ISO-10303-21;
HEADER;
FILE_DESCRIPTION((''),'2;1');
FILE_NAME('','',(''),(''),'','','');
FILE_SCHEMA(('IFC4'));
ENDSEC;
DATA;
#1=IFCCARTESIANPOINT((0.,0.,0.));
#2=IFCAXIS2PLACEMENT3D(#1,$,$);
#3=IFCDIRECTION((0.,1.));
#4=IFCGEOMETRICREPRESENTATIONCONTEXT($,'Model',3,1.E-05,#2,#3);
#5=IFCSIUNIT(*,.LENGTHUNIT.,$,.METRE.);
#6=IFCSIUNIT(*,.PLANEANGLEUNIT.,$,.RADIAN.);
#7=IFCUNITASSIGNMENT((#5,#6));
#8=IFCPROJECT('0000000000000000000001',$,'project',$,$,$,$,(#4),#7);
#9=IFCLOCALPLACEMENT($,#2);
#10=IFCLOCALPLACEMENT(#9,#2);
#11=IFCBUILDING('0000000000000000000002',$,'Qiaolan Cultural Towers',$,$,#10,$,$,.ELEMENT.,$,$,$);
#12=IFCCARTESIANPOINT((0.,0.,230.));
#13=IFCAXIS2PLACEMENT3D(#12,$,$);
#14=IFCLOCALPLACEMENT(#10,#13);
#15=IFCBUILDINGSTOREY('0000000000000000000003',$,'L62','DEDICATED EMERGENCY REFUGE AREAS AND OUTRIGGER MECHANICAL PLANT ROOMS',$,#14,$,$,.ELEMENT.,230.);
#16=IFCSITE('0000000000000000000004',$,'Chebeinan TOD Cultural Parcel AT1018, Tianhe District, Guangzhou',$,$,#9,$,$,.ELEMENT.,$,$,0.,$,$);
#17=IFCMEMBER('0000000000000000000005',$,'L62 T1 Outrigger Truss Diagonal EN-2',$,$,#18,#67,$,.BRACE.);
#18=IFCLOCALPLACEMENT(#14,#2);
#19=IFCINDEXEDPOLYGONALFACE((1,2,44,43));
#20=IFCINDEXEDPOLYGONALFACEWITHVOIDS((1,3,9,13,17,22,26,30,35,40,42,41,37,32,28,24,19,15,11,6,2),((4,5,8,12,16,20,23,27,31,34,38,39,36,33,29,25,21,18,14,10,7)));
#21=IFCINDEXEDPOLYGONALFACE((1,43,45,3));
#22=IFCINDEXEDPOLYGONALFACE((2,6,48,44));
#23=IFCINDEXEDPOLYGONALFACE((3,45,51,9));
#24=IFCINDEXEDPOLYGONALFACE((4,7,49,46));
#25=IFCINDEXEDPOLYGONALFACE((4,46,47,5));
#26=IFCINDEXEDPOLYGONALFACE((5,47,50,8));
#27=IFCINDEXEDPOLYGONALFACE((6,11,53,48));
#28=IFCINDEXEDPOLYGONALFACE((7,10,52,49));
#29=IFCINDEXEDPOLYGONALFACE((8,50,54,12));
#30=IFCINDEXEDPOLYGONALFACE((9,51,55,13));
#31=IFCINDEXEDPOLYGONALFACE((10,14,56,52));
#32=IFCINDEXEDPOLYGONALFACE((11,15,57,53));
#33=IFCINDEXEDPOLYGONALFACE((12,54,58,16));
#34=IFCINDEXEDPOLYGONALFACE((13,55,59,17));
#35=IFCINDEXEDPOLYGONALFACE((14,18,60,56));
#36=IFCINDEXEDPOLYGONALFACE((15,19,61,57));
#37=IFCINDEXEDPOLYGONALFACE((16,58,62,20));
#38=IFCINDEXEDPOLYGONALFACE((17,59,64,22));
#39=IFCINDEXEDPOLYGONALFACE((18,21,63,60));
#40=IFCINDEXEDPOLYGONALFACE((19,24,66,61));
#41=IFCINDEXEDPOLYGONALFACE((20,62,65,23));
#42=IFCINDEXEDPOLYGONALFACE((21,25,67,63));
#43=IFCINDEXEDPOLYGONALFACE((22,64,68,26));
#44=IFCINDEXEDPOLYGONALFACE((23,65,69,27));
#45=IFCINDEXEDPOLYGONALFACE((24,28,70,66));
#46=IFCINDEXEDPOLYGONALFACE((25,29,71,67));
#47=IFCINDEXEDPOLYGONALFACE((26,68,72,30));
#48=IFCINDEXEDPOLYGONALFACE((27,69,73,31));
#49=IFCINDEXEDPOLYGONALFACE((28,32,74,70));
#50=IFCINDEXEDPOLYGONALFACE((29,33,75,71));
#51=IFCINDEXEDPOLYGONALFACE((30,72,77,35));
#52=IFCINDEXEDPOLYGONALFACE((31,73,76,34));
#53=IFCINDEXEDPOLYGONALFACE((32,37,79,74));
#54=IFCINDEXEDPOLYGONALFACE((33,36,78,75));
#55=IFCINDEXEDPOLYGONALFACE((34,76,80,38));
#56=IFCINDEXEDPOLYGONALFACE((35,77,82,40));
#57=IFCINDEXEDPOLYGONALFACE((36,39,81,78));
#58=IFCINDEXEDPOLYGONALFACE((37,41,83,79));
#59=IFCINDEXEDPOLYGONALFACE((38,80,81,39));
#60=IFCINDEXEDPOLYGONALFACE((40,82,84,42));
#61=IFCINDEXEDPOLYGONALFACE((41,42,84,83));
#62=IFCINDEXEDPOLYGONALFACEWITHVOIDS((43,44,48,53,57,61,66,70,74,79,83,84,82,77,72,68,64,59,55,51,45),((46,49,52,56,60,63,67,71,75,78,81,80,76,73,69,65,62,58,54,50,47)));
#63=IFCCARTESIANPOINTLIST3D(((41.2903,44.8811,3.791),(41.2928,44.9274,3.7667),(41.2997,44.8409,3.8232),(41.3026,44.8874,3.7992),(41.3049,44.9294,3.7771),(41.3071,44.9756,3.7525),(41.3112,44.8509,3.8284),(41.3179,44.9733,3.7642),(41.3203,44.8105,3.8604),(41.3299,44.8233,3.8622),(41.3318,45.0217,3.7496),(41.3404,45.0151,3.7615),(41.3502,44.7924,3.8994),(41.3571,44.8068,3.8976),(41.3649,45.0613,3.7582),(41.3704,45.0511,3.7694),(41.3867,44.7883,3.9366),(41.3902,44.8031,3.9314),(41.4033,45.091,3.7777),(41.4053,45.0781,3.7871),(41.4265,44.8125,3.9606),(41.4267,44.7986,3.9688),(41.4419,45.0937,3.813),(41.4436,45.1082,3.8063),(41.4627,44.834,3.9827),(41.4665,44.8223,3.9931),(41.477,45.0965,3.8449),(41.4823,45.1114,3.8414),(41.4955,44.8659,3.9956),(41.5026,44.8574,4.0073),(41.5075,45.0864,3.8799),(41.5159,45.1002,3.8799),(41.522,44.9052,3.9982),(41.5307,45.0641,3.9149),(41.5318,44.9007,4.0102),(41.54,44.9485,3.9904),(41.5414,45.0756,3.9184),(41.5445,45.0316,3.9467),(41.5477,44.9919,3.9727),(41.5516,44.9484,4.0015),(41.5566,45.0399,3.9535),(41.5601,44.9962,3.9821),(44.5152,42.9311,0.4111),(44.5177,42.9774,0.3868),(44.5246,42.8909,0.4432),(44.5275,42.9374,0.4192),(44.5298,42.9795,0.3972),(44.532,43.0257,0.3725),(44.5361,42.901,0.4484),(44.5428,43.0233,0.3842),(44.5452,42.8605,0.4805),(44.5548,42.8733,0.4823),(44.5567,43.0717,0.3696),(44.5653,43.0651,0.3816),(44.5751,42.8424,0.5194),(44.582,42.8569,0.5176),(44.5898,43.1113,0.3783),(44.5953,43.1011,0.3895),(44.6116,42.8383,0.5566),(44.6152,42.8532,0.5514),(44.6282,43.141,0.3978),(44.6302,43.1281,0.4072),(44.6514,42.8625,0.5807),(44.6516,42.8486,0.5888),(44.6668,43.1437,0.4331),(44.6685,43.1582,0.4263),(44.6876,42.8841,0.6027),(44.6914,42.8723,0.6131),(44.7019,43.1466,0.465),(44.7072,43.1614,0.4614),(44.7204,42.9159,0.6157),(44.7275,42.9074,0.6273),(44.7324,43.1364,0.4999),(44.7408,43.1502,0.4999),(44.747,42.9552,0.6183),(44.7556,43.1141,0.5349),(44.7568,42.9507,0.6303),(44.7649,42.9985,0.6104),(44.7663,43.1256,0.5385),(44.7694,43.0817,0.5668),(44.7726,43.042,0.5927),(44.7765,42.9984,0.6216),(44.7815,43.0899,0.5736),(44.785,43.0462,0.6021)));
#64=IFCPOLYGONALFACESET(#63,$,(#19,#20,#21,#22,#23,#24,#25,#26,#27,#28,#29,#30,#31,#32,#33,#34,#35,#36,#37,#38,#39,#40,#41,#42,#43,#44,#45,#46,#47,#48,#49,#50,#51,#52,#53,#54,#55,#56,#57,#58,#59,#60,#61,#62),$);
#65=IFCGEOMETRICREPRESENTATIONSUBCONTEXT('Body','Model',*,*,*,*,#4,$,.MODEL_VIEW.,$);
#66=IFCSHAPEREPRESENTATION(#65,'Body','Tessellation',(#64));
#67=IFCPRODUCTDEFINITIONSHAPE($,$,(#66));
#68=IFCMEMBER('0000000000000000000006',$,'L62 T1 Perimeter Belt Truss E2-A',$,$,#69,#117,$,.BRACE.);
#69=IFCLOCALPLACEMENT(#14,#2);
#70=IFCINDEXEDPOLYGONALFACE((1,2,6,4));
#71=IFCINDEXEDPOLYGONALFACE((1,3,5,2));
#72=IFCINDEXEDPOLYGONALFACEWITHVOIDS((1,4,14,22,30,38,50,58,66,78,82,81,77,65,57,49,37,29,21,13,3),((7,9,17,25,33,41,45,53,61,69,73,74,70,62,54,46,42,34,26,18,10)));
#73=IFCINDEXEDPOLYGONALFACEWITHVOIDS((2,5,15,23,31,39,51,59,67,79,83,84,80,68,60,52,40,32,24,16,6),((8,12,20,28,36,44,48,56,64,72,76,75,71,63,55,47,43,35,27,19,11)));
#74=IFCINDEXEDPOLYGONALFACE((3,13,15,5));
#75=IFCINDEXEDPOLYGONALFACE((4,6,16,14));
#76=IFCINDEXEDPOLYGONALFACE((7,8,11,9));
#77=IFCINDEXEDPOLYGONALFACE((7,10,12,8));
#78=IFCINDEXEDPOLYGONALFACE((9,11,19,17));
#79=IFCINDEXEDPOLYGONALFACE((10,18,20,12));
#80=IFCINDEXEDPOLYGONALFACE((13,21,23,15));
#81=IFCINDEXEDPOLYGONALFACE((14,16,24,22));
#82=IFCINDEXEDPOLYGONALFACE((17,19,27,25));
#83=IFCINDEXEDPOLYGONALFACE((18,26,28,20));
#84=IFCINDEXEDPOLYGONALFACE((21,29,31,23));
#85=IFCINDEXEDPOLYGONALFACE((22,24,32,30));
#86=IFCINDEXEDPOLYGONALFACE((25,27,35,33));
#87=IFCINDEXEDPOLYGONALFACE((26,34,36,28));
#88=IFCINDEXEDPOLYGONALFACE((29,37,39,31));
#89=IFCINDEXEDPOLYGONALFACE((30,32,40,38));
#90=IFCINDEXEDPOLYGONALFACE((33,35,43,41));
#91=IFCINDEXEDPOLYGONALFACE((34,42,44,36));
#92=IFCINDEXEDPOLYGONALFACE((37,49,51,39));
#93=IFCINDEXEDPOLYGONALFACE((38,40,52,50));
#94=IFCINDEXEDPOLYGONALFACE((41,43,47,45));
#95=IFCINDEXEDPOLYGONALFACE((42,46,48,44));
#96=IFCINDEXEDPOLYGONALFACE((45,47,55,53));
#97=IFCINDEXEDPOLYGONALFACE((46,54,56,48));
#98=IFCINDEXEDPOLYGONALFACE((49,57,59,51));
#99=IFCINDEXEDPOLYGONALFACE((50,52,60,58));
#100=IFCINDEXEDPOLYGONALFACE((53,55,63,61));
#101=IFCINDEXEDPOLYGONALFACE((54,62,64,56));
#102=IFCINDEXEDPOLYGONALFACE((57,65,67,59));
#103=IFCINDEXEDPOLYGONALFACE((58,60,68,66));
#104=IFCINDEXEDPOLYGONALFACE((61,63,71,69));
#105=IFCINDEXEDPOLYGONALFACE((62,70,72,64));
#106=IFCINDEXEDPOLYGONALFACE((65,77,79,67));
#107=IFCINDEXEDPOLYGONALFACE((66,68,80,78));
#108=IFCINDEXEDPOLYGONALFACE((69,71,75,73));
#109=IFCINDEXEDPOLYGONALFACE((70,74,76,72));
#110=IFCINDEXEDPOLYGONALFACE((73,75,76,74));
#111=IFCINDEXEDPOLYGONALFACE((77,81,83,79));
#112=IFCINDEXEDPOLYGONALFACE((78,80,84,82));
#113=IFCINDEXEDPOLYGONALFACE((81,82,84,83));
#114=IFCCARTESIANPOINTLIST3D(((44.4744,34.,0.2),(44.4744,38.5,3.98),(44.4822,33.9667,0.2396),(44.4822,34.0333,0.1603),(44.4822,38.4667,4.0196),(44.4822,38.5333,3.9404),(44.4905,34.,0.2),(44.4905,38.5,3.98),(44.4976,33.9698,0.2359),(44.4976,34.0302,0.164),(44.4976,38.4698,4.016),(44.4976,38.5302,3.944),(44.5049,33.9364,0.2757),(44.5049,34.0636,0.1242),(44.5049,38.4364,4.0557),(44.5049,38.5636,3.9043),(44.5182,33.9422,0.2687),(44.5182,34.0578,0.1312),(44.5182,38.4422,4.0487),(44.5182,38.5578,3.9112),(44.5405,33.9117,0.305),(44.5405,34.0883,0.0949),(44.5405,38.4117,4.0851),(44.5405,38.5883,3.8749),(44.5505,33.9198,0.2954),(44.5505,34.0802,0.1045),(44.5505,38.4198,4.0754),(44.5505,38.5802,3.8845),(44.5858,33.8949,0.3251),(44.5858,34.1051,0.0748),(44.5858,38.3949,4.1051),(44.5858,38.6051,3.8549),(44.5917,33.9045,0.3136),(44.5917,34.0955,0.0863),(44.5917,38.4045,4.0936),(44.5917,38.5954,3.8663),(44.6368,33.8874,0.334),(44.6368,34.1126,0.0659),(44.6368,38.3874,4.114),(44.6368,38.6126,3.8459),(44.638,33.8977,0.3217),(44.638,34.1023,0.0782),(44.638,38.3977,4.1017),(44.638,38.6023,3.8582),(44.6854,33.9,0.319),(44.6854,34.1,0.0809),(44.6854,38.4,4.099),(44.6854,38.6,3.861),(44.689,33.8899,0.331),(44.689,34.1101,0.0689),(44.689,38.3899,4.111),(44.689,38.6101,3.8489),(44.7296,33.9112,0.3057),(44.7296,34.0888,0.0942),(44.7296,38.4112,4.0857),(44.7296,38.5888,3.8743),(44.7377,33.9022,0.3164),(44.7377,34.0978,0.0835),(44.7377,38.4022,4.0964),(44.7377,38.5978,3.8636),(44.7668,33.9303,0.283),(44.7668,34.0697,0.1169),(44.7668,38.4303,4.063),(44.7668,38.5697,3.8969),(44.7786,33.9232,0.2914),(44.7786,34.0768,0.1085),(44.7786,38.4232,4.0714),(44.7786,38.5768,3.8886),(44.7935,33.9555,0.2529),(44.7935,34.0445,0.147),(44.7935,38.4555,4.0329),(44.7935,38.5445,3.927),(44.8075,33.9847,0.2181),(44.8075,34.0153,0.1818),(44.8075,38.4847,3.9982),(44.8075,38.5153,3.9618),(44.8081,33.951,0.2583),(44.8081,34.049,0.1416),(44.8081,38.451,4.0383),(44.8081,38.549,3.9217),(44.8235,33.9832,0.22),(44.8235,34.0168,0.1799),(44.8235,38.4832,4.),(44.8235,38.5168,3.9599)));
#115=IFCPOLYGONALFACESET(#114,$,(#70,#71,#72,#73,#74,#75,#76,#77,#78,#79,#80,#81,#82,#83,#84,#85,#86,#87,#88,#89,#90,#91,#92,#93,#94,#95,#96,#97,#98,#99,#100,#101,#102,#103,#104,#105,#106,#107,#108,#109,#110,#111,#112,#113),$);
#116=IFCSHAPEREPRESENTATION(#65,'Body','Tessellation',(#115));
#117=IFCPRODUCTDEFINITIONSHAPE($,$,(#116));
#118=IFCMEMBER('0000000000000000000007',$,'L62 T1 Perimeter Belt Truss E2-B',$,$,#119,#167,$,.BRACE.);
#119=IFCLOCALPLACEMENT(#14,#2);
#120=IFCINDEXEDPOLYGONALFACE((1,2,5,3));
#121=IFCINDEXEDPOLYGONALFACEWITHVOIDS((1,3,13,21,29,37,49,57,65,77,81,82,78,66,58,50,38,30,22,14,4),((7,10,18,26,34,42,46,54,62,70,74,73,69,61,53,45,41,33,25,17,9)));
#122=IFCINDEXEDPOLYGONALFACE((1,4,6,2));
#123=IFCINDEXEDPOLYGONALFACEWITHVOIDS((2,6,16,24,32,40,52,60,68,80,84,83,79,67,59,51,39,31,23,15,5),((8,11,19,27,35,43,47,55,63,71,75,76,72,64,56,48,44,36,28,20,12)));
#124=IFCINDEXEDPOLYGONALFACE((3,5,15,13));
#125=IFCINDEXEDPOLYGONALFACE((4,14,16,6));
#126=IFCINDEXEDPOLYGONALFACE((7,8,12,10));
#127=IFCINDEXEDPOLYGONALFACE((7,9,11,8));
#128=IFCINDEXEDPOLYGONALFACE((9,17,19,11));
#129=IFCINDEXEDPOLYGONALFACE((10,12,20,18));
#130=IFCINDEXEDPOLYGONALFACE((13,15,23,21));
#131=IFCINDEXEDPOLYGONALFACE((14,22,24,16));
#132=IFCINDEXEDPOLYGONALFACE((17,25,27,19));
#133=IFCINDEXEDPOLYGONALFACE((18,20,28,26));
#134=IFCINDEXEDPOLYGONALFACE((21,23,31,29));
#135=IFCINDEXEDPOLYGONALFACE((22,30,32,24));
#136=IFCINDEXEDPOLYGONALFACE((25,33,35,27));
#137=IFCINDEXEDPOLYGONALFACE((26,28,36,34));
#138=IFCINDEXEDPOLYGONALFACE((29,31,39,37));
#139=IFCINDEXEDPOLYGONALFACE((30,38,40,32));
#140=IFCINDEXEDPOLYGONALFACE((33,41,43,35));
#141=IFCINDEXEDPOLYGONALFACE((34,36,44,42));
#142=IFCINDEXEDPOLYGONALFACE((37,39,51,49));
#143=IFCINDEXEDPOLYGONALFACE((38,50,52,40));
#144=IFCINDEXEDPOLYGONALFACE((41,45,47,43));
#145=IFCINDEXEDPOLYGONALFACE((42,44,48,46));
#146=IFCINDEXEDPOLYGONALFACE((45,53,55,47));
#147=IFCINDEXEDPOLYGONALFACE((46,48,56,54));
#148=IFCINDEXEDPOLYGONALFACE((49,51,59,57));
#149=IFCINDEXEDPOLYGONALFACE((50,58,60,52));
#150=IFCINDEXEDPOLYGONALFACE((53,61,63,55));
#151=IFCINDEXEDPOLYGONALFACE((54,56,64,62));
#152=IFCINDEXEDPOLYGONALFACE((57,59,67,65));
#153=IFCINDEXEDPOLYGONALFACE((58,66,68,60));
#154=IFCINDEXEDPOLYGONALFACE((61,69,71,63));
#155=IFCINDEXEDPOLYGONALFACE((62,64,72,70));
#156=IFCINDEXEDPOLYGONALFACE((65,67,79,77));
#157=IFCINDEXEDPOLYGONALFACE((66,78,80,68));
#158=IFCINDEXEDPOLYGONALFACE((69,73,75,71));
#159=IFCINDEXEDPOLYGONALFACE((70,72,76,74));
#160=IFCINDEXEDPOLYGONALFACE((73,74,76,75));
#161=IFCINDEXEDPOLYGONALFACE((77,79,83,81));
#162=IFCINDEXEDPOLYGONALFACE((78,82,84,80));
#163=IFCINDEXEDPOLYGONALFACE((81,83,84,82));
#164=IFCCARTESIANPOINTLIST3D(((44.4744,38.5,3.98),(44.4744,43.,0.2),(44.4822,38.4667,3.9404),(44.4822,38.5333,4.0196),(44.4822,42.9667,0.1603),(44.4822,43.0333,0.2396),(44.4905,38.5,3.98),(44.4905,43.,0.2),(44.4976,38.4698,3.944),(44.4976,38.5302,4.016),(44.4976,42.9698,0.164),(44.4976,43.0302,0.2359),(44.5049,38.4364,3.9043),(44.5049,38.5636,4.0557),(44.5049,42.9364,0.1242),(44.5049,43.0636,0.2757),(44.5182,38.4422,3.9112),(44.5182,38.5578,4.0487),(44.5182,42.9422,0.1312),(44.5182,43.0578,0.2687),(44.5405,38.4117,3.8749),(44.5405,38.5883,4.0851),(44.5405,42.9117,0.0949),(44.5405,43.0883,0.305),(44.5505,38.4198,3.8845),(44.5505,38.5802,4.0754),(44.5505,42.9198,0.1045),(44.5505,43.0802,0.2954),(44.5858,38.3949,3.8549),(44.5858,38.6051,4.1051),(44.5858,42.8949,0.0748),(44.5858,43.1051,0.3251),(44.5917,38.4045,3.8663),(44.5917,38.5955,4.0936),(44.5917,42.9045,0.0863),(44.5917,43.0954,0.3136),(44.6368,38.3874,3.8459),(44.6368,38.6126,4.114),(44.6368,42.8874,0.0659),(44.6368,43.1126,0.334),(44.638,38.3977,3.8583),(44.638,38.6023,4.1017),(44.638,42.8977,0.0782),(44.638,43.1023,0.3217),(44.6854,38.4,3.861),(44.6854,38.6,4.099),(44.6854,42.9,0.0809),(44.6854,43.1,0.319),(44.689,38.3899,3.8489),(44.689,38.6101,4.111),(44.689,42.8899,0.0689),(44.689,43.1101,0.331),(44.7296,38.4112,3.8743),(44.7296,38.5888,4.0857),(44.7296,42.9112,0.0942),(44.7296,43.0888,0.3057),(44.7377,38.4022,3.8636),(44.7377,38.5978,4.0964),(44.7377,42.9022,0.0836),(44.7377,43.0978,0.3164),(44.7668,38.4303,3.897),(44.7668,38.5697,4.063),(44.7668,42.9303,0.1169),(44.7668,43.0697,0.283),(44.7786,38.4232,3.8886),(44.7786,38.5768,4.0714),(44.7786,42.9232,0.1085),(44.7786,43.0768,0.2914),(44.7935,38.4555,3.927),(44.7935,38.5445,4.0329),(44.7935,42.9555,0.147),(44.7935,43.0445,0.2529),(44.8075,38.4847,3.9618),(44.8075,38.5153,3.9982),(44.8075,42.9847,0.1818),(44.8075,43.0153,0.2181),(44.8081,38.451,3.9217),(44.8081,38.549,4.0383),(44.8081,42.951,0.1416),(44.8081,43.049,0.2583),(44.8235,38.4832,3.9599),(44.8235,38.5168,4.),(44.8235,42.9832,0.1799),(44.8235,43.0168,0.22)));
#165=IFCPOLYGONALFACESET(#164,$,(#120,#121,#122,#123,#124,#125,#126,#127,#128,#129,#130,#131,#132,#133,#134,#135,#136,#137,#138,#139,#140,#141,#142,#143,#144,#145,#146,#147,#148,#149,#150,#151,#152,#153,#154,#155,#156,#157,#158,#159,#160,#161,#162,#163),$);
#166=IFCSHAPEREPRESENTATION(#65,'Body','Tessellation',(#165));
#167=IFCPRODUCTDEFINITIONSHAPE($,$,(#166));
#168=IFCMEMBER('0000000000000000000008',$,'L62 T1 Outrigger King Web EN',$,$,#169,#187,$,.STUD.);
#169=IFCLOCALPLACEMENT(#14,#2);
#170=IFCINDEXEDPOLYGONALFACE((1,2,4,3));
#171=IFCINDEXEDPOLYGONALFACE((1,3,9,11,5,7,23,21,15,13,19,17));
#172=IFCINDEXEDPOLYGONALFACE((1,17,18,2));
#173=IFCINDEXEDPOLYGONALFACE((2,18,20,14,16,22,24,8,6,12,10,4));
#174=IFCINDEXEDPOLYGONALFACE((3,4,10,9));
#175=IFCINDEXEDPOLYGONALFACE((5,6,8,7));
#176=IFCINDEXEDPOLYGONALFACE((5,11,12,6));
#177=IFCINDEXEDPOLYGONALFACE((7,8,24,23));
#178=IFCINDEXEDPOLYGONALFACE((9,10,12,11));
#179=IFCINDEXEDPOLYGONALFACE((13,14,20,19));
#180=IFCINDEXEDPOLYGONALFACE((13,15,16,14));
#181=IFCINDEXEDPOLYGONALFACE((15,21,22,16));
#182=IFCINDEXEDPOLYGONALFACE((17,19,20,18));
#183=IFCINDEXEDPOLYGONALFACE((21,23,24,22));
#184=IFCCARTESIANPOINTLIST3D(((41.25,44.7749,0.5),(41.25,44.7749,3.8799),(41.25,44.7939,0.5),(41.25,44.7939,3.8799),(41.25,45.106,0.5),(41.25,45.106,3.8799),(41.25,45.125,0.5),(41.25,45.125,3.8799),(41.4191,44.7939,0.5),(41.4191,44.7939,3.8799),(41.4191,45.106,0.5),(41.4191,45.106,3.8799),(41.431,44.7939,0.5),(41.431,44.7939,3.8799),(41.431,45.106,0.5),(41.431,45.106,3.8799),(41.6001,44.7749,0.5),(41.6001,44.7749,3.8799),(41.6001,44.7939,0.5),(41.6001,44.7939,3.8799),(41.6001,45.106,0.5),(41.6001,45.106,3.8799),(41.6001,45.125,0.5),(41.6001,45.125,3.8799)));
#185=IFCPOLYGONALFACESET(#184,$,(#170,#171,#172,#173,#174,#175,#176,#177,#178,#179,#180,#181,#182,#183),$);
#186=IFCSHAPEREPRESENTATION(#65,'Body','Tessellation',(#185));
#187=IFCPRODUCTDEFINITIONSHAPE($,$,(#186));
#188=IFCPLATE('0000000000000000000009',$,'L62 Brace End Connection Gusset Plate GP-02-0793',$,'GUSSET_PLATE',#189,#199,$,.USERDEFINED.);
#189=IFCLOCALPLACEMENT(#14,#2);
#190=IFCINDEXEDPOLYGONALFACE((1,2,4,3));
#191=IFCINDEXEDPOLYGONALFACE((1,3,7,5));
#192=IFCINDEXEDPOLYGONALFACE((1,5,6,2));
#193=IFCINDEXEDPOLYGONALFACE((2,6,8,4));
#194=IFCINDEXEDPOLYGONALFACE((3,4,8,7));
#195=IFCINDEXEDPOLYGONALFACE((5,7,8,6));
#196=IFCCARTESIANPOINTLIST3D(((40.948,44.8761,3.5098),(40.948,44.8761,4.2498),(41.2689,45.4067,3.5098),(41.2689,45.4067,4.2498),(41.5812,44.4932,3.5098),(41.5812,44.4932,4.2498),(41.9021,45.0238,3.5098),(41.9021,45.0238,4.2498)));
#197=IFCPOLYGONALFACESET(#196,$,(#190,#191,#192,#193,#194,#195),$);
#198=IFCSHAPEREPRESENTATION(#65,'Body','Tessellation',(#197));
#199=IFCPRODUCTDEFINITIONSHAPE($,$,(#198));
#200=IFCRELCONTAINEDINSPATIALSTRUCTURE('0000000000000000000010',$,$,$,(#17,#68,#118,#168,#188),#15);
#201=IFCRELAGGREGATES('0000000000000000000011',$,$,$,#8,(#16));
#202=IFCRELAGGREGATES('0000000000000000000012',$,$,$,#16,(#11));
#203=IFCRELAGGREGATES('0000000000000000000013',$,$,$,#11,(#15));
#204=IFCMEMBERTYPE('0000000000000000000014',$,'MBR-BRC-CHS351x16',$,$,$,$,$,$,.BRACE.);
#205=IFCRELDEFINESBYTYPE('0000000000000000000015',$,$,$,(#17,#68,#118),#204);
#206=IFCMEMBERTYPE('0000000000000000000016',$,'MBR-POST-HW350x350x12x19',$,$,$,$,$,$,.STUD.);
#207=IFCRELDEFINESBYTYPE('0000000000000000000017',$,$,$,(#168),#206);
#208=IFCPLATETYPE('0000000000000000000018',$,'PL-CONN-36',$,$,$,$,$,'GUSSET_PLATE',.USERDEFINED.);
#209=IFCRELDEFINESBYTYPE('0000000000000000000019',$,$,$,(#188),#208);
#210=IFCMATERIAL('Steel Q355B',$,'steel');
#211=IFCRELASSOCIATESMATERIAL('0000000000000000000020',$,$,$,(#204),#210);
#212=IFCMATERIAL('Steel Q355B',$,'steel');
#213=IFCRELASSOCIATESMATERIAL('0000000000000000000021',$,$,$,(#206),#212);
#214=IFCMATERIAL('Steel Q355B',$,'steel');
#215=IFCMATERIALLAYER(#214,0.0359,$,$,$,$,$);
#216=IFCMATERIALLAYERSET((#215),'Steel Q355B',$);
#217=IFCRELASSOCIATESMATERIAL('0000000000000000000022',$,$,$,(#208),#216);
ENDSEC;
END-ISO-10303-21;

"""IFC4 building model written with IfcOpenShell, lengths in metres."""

from ifc_helpers import new_model, si_unit, direction, frame, origin, origin_2d, place, context, subcontext, project, spatial, rectangle, hollow_circle, i_section, extrude, material, layer, layer_set, material_profile, profile_set, type_object, element, save


model = new_model("IFC4")

# Units and contexts
model_context = context("Model", 3, precision=1e-05, world=origin(), true_north=direction((0.0, 1.0)))
body_context = subcontext(model_context, "Body", "Model", "MODEL_VIEW")
ifc_project = project(units=[si_unit("LENGTHUNIT", "METRE"), si_unit("PLANEANGLEUNIT", "RADIAN")], contexts=[model_context])

# Site, building, storey
site_placement = place(None, origin())
site = spatial("IfcSite", under=ifc_project, at=site_placement, Name="Chebeinan TOD Cultural Parcel AT1018, Tianhe District, Guangzhou", CompositionType="ELEMENT", RefElevation=0.0)
building_placement = place(site_placement, origin())
building = spatial("IfcBuilding", under=site, at=building_placement, Name="Qiaolan Cultural Towers", CompositionType="ELEMENT")
storey_placement = place(building_placement, frame((0.0, 0.0, 230.0)))
storey = spatial("IfcBuildingStorey", under=building, at=storey_placement, Name="L62", Description="DEDICATED EMERGENCY REFUGE AREAS AND OUTRIGGER MECHANICAL PLANT ROOMS", CompositionType="ELEMENT", Elevation=230.0)

# Members
ifc_material_1 = material(Name="Steel Q355B", Category="steel")
ifc_material_profile_1 = material_profile(ifc_material_1, hollow_circle(Radius=0.1755, WallThickness=0.0161, at=origin_2d()), Name="CHS351x16")
ifc_profile_set_1 = profile_set([ifc_material_profile_1], Name="Steel Q355B")
member_type_1 = type_object("IfcMemberType", Name="MBR-BRC-CHS351x16", PredefinedType="BRACE", material=ifc_profile_set_1)
member_1_placement = place(storey_placement, frame((41.425, 44.95, 3.8799), z_axis=(0.637049, -0.3852, -0.667674), x_axis=(0.517427, 0.855727, 0.0)))
element("IfcMember", 1, at=member_1_placement, inside=storey, type_object=member_type_1, Name="L62 T1 Outrigger Truss Diagonal EN-2", PredefinedType="BRACE", context=body_context, shape_type="SweptSolid", body=[
    extrude(hollow_circle(Radius=0.1755, WallThickness=0.0161, at=origin_2d()), origin(), (0.0, 0.0, 1.0), 5.0623),
])
for number, where, z_axis, x_axis, name in (
    (2, (44.6499, 34.0, 0.2), (0.0, 0.765702, 0.643195), (-1.0, 0.0, 0.0), "L62 T1 Perimeter Belt Truss E2-A"),
    (3, (44.6499, 38.5, 3.98), (0.0, 0.765702, -0.643195), (-1.0, 0.0, 0.0), "L62 T1 Perimeter Belt Truss E2-B"),
):
    element("IfcMember", number, at=place(storey_placement, frame(where, z_axis=z_axis, x_axis=x_axis)), inside=storey, type_object=member_type_1, Name=name, PredefinedType="BRACE", context=body_context, shape_type="SweptSolid", body=[
        extrude(hollow_circle(Radius=0.1755, WallThickness=0.0161, at=origin_2d()), origin(), (0.0, 0.0, 1.0), 5.877),
    ])
ifc_material_2 = material(Name="Steel Q355B", Category="steel")
ifc_material_profile_2 = material_profile(ifc_material_2, i_section(OverallWidth=0.3501, OverallDepth=0.3501, WebThickness=0.012, FlangeThickness=0.019, at=origin_2d()), Name="HW350x350x12x19")
ifc_profile_set_2 = profile_set([ifc_material_profile_2], Name="Steel Q355B")
member_type_2 = type_object("IfcMemberType", Name="MBR-POST-HW350x350x12x19", PredefinedType="STUD", material=ifc_profile_set_2)
member_2_placement = place(storey_placement, frame((41.425, 44.95, 0.5), z_axis=(0.0, 0.0, 1.0), x_axis=(1.0, 0.0, 0.0)))
element("IfcMember", 4, at=member_2_placement, inside=storey, type_object=member_type_2, Name="L62 T1 Outrigger King Web EN", PredefinedType="STUD", context=body_context, shape_type="SweptSolid", body=[
    extrude(i_section(OverallWidth=0.3501, OverallDepth=0.3501, WebThickness=0.012, FlangeThickness=0.019, at=origin_2d()), origin(), (0.0, 0.0, 1.0), 3.3799),
])

# Plate
ifc_material_3 = material(Name="Steel Q355B", Category="steel")
ifc_layer_1 = layer(ifc_material_3, 0.0359)
ifc_layer_set_1 = layer_set([ifc_layer_1], Name="Steel Q355B")
plate_type_1 = type_object("IfcPlateType", Name="PL-CONN-36", ElementType="GUSSET_PLATE", PredefinedType="USERDEFINED", material=ifc_layer_set_1)
for number, where, z_axis, x_axis, name in (
    (5, (41.425, 44.95, 3.5098), (0.0, 0.0, 1.0), (-0.855732, 0.517419, 0.0), "L62 Brace End Connection Gusset Plate GP-02-0793"),
):
    element("IfcPlate", number, at=place(storey_placement, frame(where, z_axis=z_axis, x_axis=x_axis)), inside=storey, type_object=plate_type_1, Name=name, ObjectType="GUSSET_PLATE", PredefinedType="USERDEFINED", context=body_context, shape_type="SweptSolid", body=[
        extrude(rectangle(XDim=0.74, YDim=0.6201, at=origin_2d()), origin(), (0.0, 0.0, 1.0), 0.74),
    ])

save(model, "model.ifc")
